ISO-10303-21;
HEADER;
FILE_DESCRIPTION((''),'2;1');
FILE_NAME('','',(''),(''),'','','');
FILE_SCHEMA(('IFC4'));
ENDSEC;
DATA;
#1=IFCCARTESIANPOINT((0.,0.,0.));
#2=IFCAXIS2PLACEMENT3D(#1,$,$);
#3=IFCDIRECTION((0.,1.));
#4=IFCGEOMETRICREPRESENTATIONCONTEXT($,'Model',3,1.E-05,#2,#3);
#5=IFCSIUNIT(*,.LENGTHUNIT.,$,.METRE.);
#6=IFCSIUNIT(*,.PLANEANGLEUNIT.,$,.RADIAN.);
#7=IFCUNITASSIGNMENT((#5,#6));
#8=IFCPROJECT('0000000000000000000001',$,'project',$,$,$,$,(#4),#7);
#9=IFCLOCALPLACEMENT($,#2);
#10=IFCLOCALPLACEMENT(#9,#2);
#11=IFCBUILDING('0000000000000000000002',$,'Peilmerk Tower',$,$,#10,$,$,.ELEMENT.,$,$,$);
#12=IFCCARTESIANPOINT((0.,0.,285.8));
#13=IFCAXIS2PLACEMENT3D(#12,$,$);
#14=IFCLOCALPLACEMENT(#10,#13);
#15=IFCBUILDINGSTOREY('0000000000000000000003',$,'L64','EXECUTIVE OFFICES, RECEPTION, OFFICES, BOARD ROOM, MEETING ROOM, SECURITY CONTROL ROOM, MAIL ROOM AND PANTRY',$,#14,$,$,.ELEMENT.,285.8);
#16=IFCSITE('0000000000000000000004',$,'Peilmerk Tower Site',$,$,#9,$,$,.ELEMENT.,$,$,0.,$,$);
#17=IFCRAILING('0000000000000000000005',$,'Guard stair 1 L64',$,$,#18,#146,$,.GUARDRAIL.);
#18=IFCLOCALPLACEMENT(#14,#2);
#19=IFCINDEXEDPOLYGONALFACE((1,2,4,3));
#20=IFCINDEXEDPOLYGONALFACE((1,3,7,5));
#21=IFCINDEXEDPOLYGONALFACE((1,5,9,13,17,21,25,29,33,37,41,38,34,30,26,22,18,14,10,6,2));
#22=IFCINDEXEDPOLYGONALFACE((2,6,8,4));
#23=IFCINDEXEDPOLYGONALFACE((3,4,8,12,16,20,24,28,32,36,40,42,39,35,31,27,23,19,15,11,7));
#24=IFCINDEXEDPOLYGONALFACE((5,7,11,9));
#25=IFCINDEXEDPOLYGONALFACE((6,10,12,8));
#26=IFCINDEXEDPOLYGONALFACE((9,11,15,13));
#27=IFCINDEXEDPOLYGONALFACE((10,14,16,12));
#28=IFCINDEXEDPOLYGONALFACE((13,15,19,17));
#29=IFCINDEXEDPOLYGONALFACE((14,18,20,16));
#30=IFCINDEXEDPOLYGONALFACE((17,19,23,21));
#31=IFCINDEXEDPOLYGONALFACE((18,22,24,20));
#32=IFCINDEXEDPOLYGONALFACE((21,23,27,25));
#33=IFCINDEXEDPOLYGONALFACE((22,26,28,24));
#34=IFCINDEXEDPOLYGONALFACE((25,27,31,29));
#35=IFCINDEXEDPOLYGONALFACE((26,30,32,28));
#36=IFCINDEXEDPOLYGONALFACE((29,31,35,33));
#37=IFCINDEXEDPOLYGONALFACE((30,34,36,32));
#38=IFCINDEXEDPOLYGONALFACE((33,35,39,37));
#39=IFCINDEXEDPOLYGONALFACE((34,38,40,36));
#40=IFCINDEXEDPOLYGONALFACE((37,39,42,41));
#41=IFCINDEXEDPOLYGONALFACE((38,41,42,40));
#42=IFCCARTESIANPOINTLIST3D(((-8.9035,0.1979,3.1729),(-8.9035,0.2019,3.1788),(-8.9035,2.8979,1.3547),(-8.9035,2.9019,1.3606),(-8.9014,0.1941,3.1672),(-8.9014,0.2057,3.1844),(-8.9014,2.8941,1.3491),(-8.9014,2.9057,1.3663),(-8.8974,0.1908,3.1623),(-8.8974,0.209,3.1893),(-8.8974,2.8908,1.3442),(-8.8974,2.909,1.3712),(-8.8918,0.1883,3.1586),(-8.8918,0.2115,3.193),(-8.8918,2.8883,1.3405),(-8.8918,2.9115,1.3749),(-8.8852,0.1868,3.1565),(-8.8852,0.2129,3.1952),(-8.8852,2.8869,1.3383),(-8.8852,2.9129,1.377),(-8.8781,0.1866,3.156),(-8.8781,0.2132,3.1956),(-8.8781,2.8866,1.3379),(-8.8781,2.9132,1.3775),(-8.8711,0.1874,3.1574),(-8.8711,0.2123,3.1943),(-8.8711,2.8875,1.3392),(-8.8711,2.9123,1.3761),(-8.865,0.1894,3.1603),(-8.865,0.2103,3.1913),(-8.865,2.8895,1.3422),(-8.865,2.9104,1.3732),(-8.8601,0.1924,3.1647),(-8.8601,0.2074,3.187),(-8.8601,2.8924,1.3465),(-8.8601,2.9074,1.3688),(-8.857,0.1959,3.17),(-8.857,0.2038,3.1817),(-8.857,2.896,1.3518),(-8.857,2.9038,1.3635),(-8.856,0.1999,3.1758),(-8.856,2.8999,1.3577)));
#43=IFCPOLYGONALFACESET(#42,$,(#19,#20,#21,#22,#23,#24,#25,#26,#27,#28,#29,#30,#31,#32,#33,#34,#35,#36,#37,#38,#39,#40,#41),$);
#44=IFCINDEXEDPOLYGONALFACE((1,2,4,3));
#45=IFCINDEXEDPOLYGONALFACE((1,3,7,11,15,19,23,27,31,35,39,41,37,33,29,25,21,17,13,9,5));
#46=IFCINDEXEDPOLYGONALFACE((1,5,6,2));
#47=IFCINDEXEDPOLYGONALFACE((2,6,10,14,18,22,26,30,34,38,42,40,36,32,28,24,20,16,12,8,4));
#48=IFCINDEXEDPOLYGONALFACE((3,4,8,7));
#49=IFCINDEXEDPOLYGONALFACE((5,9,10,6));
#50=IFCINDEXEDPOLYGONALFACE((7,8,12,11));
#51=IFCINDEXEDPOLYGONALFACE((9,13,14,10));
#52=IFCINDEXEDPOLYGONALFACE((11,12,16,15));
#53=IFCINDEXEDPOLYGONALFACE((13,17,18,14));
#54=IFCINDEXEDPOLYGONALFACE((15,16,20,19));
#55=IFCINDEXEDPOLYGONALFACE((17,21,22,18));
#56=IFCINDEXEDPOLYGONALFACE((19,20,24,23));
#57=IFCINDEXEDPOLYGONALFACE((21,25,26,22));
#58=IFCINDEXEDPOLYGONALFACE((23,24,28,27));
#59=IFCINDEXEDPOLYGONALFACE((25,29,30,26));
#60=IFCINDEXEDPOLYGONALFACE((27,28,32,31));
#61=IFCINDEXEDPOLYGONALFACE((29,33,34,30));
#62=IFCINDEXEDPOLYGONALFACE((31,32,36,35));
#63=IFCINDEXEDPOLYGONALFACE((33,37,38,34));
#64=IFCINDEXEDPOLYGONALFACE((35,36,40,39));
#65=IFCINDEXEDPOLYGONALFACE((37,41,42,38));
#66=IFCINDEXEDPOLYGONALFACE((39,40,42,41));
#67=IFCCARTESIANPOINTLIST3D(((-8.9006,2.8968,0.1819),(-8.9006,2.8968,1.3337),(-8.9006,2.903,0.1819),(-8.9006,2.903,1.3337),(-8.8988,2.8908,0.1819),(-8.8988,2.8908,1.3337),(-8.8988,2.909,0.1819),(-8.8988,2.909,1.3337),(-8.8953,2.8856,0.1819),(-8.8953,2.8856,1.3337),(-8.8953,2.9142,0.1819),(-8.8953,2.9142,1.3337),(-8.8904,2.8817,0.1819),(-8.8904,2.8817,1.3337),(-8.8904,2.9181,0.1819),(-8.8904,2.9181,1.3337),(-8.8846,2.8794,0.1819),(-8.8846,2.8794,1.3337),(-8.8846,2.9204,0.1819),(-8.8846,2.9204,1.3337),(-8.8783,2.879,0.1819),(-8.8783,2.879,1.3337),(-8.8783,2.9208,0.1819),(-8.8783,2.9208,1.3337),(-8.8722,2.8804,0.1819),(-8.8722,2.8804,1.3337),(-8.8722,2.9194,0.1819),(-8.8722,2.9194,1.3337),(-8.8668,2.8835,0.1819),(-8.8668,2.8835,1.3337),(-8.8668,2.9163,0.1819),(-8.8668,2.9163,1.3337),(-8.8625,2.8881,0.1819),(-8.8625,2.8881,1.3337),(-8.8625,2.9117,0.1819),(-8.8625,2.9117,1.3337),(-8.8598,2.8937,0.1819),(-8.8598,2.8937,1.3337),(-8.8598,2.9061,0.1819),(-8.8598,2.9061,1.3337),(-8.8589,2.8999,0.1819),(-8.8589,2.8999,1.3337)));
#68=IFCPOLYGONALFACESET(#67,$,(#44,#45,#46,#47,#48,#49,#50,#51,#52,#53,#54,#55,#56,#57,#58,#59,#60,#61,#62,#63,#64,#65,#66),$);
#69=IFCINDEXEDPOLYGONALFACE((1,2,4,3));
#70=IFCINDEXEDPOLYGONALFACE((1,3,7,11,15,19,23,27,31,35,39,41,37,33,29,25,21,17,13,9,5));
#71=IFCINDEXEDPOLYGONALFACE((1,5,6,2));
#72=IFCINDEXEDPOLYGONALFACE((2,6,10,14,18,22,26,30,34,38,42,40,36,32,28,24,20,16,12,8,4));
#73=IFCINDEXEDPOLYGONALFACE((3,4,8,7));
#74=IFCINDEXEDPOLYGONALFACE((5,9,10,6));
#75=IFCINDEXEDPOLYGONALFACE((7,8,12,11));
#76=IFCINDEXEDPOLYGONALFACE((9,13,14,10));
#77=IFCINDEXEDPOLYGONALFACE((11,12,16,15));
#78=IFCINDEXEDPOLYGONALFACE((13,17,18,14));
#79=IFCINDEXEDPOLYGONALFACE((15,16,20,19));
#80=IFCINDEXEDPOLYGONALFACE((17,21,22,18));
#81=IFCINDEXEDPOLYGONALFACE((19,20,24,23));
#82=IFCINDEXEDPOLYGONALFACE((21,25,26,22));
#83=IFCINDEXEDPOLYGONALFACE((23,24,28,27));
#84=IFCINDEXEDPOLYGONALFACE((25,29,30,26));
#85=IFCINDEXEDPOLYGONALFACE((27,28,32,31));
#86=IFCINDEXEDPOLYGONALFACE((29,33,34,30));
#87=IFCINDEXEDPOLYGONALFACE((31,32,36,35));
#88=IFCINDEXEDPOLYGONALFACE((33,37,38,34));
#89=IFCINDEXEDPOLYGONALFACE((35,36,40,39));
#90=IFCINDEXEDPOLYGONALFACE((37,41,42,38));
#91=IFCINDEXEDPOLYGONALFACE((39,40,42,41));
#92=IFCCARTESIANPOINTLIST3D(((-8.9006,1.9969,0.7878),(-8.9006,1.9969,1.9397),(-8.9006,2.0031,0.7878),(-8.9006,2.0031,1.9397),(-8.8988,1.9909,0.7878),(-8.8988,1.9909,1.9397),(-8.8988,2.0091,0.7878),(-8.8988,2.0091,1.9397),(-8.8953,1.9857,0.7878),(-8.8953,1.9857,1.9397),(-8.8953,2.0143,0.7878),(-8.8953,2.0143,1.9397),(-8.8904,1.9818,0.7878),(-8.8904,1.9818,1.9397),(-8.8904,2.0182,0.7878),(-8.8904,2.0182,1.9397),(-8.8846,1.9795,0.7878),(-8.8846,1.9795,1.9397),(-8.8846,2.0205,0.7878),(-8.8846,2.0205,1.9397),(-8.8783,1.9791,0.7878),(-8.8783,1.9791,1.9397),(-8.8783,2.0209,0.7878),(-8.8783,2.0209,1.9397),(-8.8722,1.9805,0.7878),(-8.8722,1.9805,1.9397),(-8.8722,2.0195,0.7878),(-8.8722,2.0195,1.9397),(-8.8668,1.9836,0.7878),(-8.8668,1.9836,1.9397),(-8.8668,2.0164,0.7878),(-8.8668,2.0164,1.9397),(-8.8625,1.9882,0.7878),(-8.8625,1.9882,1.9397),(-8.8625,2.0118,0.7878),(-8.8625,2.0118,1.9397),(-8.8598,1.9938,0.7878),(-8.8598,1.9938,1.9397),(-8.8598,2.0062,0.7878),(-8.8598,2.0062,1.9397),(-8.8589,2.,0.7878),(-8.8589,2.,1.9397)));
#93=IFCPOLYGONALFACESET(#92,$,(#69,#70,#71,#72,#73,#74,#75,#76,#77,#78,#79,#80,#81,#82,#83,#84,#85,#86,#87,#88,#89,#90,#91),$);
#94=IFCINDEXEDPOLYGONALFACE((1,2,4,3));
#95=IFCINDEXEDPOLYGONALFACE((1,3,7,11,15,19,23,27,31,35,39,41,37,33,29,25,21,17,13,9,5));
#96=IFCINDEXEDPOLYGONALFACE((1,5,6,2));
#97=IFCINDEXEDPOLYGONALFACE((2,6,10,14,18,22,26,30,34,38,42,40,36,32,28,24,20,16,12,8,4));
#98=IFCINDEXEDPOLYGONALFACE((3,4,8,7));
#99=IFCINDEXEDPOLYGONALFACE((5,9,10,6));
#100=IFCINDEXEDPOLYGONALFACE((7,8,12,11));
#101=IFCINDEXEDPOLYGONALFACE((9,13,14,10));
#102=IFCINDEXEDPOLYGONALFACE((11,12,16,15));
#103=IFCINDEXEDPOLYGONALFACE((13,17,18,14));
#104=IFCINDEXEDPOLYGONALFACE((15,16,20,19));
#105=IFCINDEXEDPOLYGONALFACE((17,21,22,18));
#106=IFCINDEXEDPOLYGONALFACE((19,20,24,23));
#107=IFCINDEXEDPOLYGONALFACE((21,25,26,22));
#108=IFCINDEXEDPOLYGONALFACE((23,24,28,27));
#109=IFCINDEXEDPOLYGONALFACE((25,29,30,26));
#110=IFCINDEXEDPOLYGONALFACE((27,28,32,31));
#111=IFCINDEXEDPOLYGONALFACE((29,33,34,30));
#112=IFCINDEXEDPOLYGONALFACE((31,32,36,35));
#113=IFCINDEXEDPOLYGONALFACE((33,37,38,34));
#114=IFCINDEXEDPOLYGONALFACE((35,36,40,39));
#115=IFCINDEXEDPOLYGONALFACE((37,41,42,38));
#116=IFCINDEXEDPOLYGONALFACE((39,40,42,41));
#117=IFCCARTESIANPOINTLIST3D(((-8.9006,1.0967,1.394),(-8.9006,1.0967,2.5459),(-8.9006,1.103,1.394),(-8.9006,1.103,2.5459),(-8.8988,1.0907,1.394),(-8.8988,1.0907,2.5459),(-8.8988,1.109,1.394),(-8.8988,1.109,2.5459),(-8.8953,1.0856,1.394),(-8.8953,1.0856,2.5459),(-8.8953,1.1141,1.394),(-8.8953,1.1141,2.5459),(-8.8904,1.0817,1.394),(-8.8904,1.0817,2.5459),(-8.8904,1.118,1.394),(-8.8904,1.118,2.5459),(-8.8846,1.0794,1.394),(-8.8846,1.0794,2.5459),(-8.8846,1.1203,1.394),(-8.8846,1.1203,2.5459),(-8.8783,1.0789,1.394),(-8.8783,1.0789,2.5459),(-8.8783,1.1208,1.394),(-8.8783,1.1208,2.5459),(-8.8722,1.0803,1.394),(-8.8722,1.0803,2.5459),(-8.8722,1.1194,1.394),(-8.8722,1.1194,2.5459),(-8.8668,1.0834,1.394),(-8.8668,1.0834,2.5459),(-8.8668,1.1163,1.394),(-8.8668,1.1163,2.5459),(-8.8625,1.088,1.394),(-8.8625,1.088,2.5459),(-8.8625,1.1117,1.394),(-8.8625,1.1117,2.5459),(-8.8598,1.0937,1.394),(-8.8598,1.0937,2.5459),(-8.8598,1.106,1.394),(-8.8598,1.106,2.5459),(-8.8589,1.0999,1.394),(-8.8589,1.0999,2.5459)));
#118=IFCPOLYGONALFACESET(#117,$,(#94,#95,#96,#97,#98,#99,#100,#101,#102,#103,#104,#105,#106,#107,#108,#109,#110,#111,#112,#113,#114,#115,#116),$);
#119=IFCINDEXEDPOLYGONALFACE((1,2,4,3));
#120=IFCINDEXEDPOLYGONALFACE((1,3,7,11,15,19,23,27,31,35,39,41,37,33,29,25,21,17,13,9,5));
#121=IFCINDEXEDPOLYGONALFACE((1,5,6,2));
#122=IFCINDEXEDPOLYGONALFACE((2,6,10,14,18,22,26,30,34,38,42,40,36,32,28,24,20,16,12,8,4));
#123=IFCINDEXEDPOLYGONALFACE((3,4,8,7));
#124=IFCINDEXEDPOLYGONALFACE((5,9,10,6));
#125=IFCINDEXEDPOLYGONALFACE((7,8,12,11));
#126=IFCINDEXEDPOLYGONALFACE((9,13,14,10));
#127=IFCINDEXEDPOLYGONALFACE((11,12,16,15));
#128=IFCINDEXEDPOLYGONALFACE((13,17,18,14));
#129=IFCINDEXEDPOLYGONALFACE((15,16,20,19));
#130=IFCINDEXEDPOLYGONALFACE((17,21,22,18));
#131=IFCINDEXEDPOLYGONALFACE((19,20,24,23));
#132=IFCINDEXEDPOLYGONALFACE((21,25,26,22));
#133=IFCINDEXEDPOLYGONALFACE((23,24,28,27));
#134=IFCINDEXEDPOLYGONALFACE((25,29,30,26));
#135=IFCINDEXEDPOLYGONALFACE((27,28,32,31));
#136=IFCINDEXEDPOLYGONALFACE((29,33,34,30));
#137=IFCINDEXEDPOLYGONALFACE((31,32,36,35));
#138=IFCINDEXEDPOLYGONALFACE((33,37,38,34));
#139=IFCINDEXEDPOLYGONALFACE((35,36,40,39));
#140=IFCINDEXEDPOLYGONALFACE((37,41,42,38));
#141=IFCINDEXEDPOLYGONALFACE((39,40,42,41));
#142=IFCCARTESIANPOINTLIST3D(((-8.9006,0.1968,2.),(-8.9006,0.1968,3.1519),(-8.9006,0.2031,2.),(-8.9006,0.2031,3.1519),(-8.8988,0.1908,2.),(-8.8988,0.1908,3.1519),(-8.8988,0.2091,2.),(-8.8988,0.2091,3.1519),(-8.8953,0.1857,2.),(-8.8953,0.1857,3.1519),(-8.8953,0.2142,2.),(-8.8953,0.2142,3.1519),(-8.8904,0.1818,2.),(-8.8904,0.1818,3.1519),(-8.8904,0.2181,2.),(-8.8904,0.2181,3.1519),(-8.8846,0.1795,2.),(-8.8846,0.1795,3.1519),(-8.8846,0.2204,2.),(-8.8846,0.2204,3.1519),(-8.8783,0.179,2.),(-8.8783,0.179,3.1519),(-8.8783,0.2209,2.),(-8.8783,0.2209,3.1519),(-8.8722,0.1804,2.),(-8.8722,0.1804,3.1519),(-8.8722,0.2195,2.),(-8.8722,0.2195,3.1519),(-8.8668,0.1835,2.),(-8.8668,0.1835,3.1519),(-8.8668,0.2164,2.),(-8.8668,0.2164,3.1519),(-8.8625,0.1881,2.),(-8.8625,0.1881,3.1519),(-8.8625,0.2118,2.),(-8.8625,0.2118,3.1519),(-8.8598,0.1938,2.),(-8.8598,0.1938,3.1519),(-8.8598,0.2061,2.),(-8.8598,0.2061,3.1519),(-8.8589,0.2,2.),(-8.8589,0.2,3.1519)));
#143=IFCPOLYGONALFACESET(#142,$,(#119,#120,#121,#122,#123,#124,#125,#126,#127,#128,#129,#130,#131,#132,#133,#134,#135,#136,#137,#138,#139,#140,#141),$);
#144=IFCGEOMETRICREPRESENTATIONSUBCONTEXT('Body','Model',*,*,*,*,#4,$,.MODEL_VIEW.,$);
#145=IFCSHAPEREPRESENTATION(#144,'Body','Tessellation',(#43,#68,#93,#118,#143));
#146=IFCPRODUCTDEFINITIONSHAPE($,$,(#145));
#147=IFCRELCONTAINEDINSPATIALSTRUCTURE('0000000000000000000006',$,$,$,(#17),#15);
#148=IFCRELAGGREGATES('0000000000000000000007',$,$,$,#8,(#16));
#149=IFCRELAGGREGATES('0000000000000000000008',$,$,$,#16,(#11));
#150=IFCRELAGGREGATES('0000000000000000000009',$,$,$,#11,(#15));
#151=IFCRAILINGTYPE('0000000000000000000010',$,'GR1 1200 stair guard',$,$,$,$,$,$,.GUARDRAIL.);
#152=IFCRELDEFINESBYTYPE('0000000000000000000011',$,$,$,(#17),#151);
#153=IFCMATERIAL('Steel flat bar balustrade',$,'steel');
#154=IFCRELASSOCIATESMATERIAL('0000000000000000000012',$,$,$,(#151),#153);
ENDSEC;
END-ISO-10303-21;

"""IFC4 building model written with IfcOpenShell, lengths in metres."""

from ifc_helpers import new_model, si_unit, direction, frame, origin, origin_2d, place, context, subcontext, project, spatial, circle, extrude, material, type_object, element, save


model = new_model("IFC4")

# Units and contexts
model_context = context("Model", 3, precision=1e-05, world=origin(), true_north=direction((0.0, 1.0)))
body_context = subcontext(model_context, "Body", "Model", "MODEL_VIEW")
ifc_project = project(units=[si_unit("LENGTHUNIT", "METRE"), si_unit("PLANEANGLEUNIT", "RADIAN")], contexts=[model_context])

# Site, building, storey
site_placement = place(None, origin())
site = spatial("IfcSite", under=ifc_project, at=site_placement, Name="Peilmerk Tower Site", CompositionType="ELEMENT", RefElevation=0.0)
building_placement = place(site_placement, origin())
building = spatial("IfcBuilding", under=site, at=building_placement, Name="Peilmerk Tower", CompositionType="ELEMENT")
storey_placement = place(building_placement, frame((0.0, 0.0, 285.8)))
storey = spatial("IfcBuildingStorey", under=building, at=storey_placement, Name="L64", Description="EXECUTIVE OFFICES, RECEPTION, OFFICES, BOARD ROOM, MEETING ROOM, SECURITY CONTROL ROOM, MAIL ROOM AND PANTRY", CompositionType="ELEMENT", Elevation=285.8)

# Railing
ifc_material_1 = material(Name="Steel flat bar balustrade", Category="steel")
railing_type_1 = type_object("IfcRailingType", Name="GR1 1200 stair guard", PredefinedType="GUARDRAIL", material=ifc_material_1)
railing_1_placement = place(storey_placement, frame((-8.8799, 2.8999, 0.1819)))
element("IfcRailing", 1, at=railing_1_placement, inside=storey, type_object=railing_type_1, Name="Guard stair 1 L64", PredefinedType="GUARDRAIL", context=body_context, shape_type="SweptSolid", body=[
    extrude(circle(Radius=0.0239, at=origin_2d()), frame((0.0, 0.0, 1.1758), z_axis=(0.0, -0.829468, 0.558554), x_axis=(1.0, 0.0, 0.0)), (0.0, 0.0, 1.0), 3.2551),
    extrude(circle(Radius=0.021, at=origin_2d()), origin(), (0.0, 0.0, 1.0), 1.1519),
    extrude(circle(Radius=0.021, at=origin_2d()), frame((0.0, -0.8999, 0.606)), (0.0, 0.0, 1.0), 1.1519),
    extrude(circle(Radius=0.021, at=origin_2d()), frame((0.0, -1.8, 1.2122)), (0.0, 0.0, 1.0), 1.1519),
    extrude(circle(Radius=0.021, at=origin_2d()), frame((0.0, -2.7, 1.8181)), (0.0, 0.0, 1.0), 1.1519),
])

save(model, "model.ifc")
